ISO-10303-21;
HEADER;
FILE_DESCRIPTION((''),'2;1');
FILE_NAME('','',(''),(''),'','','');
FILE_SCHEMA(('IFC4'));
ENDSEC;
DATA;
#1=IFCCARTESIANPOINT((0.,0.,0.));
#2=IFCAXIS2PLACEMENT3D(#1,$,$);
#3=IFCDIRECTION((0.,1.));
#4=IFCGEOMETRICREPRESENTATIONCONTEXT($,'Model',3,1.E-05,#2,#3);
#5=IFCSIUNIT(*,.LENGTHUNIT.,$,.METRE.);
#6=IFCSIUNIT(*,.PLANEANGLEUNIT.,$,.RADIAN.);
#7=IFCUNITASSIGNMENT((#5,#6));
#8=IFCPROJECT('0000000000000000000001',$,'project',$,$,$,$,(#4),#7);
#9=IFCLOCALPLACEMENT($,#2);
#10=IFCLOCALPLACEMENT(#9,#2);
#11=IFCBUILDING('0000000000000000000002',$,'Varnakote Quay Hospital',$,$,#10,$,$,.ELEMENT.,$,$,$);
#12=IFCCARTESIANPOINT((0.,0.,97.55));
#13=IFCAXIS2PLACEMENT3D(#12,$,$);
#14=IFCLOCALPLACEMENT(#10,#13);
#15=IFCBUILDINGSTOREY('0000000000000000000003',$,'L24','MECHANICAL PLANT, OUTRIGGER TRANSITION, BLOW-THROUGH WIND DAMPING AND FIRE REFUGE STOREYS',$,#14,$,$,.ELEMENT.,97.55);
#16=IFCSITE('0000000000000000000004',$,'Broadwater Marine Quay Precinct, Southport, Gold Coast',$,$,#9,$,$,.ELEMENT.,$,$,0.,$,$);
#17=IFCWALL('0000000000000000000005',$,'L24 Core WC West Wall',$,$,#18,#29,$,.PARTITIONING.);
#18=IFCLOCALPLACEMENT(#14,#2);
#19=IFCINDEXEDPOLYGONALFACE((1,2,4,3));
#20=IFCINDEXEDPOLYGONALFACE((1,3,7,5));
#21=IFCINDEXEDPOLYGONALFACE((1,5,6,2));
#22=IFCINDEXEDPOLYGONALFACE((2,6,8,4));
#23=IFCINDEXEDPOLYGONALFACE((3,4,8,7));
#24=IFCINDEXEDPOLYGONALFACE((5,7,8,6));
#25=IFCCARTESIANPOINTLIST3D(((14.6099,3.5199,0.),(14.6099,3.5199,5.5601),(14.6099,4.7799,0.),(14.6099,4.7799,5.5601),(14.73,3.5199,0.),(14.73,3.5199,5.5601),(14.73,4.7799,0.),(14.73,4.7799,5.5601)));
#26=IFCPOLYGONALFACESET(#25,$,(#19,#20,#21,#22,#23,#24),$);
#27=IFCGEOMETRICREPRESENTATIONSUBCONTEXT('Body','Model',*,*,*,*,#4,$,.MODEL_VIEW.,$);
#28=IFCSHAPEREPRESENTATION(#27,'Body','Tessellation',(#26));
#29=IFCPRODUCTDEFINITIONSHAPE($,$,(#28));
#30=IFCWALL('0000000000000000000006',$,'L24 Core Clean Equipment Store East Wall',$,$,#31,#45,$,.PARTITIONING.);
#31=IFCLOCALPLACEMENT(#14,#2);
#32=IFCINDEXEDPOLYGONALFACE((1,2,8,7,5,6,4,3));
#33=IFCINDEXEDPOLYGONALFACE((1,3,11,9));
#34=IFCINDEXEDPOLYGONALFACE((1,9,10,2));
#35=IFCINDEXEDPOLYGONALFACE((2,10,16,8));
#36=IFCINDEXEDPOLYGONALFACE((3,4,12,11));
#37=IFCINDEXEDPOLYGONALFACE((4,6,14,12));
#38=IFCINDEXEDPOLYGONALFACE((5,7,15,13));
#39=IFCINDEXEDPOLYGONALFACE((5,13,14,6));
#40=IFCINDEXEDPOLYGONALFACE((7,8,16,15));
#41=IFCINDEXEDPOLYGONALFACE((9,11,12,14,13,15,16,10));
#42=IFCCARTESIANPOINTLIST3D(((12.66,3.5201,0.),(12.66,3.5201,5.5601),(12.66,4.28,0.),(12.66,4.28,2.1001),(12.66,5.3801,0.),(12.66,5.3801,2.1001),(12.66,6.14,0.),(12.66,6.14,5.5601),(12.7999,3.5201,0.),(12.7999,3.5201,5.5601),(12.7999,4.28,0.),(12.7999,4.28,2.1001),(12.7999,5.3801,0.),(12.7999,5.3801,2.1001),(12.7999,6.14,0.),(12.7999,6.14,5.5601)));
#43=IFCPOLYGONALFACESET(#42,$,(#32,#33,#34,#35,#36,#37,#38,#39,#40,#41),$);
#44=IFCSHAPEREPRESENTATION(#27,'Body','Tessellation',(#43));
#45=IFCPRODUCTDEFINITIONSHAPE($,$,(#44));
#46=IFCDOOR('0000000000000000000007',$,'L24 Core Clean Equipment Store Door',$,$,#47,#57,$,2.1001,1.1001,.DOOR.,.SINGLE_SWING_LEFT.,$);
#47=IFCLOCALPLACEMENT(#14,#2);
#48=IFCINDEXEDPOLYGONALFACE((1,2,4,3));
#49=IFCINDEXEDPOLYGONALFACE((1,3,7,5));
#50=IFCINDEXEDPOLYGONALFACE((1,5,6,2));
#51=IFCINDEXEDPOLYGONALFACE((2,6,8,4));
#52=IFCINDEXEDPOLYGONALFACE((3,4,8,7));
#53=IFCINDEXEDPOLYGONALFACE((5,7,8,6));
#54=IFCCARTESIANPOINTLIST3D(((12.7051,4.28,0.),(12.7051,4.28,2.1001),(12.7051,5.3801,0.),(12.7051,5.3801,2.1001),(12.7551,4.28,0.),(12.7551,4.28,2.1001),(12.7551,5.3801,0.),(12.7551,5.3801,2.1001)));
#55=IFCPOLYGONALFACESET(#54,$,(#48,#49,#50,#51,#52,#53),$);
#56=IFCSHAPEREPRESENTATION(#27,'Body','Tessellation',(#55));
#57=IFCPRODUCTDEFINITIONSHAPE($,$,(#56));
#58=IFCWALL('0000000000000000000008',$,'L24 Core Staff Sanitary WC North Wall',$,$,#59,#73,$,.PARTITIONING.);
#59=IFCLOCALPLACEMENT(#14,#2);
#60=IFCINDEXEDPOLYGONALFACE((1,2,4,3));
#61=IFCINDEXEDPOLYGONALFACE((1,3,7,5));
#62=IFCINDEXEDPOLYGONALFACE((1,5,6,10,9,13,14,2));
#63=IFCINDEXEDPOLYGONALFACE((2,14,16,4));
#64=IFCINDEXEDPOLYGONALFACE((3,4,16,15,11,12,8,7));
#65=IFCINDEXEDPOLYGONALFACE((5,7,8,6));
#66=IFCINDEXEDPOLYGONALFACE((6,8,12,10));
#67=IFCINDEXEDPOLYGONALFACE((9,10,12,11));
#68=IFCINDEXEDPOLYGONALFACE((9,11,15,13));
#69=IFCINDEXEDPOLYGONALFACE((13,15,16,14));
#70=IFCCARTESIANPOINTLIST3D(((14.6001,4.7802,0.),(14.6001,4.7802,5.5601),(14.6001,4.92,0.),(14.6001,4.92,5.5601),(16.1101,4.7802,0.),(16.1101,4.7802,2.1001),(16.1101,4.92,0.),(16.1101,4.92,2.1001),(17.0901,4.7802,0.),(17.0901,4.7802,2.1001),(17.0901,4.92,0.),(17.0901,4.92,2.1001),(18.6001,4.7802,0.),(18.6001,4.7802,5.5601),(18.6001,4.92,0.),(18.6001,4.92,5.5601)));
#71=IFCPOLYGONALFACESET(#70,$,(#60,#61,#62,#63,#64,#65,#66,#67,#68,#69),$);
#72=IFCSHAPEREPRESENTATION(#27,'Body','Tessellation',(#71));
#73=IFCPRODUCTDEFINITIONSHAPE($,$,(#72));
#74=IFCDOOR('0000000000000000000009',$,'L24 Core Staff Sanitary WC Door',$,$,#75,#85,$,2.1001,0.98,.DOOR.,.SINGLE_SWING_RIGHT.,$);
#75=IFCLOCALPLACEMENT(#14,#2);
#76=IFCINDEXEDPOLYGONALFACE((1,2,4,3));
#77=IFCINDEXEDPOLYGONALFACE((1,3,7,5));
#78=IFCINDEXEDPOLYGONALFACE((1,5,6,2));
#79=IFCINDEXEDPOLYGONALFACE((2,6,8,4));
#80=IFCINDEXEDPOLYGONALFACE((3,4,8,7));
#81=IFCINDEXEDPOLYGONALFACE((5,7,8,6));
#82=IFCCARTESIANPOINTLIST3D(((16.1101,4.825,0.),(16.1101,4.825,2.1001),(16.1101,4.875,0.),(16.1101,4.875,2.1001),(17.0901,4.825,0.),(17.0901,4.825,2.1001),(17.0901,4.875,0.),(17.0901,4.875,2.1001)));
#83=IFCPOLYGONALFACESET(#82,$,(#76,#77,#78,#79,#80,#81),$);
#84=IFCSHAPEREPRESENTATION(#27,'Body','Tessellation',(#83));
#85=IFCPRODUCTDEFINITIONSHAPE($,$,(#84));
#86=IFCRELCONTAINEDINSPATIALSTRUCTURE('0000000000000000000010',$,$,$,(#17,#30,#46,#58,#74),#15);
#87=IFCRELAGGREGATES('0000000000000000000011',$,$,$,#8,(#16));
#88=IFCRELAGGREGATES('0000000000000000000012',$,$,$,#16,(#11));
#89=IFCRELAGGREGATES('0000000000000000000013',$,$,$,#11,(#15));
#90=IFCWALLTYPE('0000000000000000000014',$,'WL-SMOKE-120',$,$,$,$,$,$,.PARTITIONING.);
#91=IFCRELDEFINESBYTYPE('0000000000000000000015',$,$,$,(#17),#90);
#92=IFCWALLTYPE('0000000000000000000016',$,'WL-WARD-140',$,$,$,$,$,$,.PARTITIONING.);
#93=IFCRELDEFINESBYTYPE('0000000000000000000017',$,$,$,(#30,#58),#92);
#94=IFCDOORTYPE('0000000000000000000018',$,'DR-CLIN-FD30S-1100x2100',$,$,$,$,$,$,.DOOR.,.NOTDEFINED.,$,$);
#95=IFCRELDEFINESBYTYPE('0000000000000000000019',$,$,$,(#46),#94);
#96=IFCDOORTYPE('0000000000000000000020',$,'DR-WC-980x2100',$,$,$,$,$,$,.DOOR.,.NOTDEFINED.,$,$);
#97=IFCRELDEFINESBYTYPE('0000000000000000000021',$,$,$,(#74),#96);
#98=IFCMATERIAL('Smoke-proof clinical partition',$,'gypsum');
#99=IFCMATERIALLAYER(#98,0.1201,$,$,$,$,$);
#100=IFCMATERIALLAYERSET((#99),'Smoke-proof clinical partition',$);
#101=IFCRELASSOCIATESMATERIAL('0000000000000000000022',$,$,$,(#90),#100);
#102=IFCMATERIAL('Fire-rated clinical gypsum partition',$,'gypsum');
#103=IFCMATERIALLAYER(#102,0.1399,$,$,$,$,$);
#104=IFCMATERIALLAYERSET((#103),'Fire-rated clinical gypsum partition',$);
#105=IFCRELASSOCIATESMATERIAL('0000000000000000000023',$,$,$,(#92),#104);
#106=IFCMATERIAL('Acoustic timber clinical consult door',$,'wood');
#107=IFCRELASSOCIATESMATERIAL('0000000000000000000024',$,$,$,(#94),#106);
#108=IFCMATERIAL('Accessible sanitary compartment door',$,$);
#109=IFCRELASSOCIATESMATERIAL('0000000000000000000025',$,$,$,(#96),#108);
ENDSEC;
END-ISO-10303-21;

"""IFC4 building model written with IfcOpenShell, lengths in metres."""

from ifc_helpers import new_model, si_unit, direction, frame, frame_2d, origin, place, context, subcontext, project, spatial, rectangle, extrude, material, layer, layer_set, type_object, element, fill, save


model = new_model("IFC4")

# Units and contexts
model_context = context("Model", 3, precision=1e-05, world=origin(), true_north=direction((0.0, 1.0)))
body_context = subcontext(model_context, "Body", "Model", "MODEL_VIEW")
ifc_project = project(units=[si_unit("LENGTHUNIT", "METRE"), si_unit("PLANEANGLEUNIT", "RADIAN")], contexts=[model_context])

# Site, building, storey
site_placement = place(None, origin())
site = spatial("IfcSite", under=ifc_project, at=site_placement, Name="Broadwater Marine Quay Precinct, Southport, Gold Coast", CompositionType="ELEMENT", RefElevation=0.0)
building_placement = place(site_placement, origin())
building = spatial("IfcBuilding", under=site, at=building_placement, Name="Varnakote Quay Hospital", CompositionType="ELEMENT")
storey_placement = place(building_placement, frame((0.0, 0.0, 97.55)))
storey = spatial("IfcBuildingStorey", under=building, at=storey_placement, Name="L24", Description="MECHANICAL PLANT, OUTRIGGER TRANSITION, BLOW-THROUGH WIND DAMPING AND FIRE REFUGE STOREYS", CompositionType="ELEMENT", Elevation=97.55)

# Wall
ifc_material_1 = material(Name="Smoke-proof clinical partition", Category="gypsum")
ifc_layer_1 = layer(ifc_material_1, 0.1201)
ifc_layer_set_1 = layer_set([ifc_layer_1], Name="Smoke-proof clinical partition")
wall_type_1 = type_object("IfcWallType", Name="WL-SMOKE-120", PredefinedType="PARTITIONING", material=ifc_layer_set_1)
wall_1_placement = place(storey_placement, frame((14.6699, 3.52, 0.0), z_axis=(0.0, 0.0, 1.0), x_axis=(0.0, 1.0, 0.0)))
element("IfcWall", 1, at=wall_1_placement, inside=storey, type_object=wall_type_1, Name="L24 Core WC West Wall", PredefinedType="PARTITIONING", context=body_context, shape_type="SweptSolid", body=[
    extrude(rectangle(XDim=1.26, YDim=0.1201, at=frame_2d((0.6299, 0.0))), origin(), (0.0, 0.0, 1.0), 5.5601),
])

# Walls, openings, doors
ifc_material_2 = material(Name="Fire-rated clinical gypsum partition", Category="gypsum")
ifc_layer_2 = layer(ifc_material_2, 0.1399)
ifc_layer_set_2 = layer_set([ifc_layer_2], Name="Fire-rated clinical gypsum partition")
wall_type_2 = type_object("IfcWallType", Name="WL-WARD-140", PredefinedType="PARTITIONING", material=ifc_layer_set_2)
wall_2_placement = place(storey_placement, frame((12.73, 3.52, 0.0), z_axis=(0.0, 0.0, 1.0), x_axis=(0.0, 1.0, 0.0)))
wall_2 = element("IfcWall", 2, at=wall_2_placement, inside=storey, type_object=wall_type_2, Name="L24 Core Clean Equipment Store East Wall", PredefinedType="PARTITIONING", context=body_context, shape_type="SweptSolid", body=[
    extrude(rectangle(XDim=2.6199, YDim=0.1399, at=frame_2d((1.3101, 0.0))), origin(), (0.0, 0.0, 1.0), 5.5601),
])
opening_1_placement = place(wall_2_placement, frame((0.76, 0.0, 0.0)))
opening_1 = element("IfcOpeningElement", 3, at=opening_1_placement, cuts=wall_2, PredefinedType="OPENING", context=body_context, shape_type="SweptSolid", body=[
    extrude(rectangle(XDim=1.1001, YDim=2.1001, at=frame_2d((0.55, 1.05))), frame((0.0, 0.0798, 0.0), z_axis=(0.0, -1.0, 0.0), x_axis=(1.0, 0.0, 0.0)), (0.0, 0.0, 1.0), 0.1599),
])
ifc_material_3 = material(Name="Acoustic timber clinical consult door", Category="wood")
door_type_1 = type_object("IfcDoorType", Name="DR-CLIN-FD30S-1100x2100", OperationType="NOTDEFINED", PredefinedType="DOOR", material=ifc_material_3)
door_1_placement = place(opening_1_placement, origin())
door_1 = element("IfcDoor", 4, at=door_1_placement, inside=storey, type_object=door_type_1, Name="L24 Core Clean Equipment Store Door", OperationType="SINGLE_SWING_LEFT", OverallHeight=2.1001, OverallWidth=1.1001, PredefinedType="DOOR", context=body_context, shape_type="SweptSolid", body=[
    extrude(rectangle(XDim=1.1001, YDim=2.1001, at=frame_2d((0.55, 1.05))), frame((0.0, 0.0249, 0.0), z_axis=(0.0, -1.0, 0.0), x_axis=(1.0, 0.0, 0.0)), (0.0, 0.0, 1.0), 0.05),
])
fill(opening_1, door_1)
wall_3_placement = place(storey_placement, frame((14.6001, 4.8501, 0.0), z_axis=(0.0, 0.0, 1.0), x_axis=(1.0, 0.0, 0.0)))
wall_3 = element("IfcWall", 5, at=wall_3_placement, inside=storey, type_object=wall_type_2, Name="L24 Core Staff Sanitary WC North Wall", PredefinedType="PARTITIONING", context=body_context, shape_type="SweptSolid", body=[
    extrude(rectangle(XDim=4.0, YDim=0.1399, at=frame_2d((2.0, 0.0))), origin(), (0.0, 0.0, 1.0), 5.5601),
])
opening_2_placement = place(wall_3_placement, frame((1.51, 0.0, 0.0)))
opening_2 = element("IfcOpeningElement", 6, at=opening_2_placement, cuts=wall_3, PredefinedType="OPENING", context=body_context, shape_type="SweptSolid", body=[
    extrude(rectangle(XDim=0.98, YDim=2.1001, at=frame_2d((0.49, 1.05))), frame((0.0, 0.0798, 0.0), z_axis=(0.0, -1.0, 0.0), x_axis=(1.0, 0.0, 0.0)), (0.0, 0.0, 1.0), 0.1599),
])
ifc_material_4 = material(Name="Accessible sanitary compartment door")
door_type_2 = type_object("IfcDoorType", Name="DR-WC-980x2100", OperationType="NOTDEFINED", PredefinedType="DOOR", material=ifc_material_4)
door_2_placement = place(opening_2_placement, origin())
door_2 = element("IfcDoor", 7, at=door_2_placement, inside=storey, type_object=door_type_2, Name="L24 Core Staff Sanitary WC Door", OperationType="SINGLE_SWING_RIGHT", OverallHeight=2.1001, OverallWidth=0.98, PredefinedType="DOOR", context=body_context, shape_type="SweptSolid", body=[
    extrude(rectangle(XDim=0.98, YDim=2.1001, at=frame_2d((0.49, 1.05))), frame((0.0, 0.0249, 0.0), z_axis=(0.0, -1.0, 0.0), x_axis=(1.0, 0.0, 0.0)), (0.0, 0.0, 1.0), 0.05),
])
fill(opening_2, door_2)

save(model, "model.ifc")
